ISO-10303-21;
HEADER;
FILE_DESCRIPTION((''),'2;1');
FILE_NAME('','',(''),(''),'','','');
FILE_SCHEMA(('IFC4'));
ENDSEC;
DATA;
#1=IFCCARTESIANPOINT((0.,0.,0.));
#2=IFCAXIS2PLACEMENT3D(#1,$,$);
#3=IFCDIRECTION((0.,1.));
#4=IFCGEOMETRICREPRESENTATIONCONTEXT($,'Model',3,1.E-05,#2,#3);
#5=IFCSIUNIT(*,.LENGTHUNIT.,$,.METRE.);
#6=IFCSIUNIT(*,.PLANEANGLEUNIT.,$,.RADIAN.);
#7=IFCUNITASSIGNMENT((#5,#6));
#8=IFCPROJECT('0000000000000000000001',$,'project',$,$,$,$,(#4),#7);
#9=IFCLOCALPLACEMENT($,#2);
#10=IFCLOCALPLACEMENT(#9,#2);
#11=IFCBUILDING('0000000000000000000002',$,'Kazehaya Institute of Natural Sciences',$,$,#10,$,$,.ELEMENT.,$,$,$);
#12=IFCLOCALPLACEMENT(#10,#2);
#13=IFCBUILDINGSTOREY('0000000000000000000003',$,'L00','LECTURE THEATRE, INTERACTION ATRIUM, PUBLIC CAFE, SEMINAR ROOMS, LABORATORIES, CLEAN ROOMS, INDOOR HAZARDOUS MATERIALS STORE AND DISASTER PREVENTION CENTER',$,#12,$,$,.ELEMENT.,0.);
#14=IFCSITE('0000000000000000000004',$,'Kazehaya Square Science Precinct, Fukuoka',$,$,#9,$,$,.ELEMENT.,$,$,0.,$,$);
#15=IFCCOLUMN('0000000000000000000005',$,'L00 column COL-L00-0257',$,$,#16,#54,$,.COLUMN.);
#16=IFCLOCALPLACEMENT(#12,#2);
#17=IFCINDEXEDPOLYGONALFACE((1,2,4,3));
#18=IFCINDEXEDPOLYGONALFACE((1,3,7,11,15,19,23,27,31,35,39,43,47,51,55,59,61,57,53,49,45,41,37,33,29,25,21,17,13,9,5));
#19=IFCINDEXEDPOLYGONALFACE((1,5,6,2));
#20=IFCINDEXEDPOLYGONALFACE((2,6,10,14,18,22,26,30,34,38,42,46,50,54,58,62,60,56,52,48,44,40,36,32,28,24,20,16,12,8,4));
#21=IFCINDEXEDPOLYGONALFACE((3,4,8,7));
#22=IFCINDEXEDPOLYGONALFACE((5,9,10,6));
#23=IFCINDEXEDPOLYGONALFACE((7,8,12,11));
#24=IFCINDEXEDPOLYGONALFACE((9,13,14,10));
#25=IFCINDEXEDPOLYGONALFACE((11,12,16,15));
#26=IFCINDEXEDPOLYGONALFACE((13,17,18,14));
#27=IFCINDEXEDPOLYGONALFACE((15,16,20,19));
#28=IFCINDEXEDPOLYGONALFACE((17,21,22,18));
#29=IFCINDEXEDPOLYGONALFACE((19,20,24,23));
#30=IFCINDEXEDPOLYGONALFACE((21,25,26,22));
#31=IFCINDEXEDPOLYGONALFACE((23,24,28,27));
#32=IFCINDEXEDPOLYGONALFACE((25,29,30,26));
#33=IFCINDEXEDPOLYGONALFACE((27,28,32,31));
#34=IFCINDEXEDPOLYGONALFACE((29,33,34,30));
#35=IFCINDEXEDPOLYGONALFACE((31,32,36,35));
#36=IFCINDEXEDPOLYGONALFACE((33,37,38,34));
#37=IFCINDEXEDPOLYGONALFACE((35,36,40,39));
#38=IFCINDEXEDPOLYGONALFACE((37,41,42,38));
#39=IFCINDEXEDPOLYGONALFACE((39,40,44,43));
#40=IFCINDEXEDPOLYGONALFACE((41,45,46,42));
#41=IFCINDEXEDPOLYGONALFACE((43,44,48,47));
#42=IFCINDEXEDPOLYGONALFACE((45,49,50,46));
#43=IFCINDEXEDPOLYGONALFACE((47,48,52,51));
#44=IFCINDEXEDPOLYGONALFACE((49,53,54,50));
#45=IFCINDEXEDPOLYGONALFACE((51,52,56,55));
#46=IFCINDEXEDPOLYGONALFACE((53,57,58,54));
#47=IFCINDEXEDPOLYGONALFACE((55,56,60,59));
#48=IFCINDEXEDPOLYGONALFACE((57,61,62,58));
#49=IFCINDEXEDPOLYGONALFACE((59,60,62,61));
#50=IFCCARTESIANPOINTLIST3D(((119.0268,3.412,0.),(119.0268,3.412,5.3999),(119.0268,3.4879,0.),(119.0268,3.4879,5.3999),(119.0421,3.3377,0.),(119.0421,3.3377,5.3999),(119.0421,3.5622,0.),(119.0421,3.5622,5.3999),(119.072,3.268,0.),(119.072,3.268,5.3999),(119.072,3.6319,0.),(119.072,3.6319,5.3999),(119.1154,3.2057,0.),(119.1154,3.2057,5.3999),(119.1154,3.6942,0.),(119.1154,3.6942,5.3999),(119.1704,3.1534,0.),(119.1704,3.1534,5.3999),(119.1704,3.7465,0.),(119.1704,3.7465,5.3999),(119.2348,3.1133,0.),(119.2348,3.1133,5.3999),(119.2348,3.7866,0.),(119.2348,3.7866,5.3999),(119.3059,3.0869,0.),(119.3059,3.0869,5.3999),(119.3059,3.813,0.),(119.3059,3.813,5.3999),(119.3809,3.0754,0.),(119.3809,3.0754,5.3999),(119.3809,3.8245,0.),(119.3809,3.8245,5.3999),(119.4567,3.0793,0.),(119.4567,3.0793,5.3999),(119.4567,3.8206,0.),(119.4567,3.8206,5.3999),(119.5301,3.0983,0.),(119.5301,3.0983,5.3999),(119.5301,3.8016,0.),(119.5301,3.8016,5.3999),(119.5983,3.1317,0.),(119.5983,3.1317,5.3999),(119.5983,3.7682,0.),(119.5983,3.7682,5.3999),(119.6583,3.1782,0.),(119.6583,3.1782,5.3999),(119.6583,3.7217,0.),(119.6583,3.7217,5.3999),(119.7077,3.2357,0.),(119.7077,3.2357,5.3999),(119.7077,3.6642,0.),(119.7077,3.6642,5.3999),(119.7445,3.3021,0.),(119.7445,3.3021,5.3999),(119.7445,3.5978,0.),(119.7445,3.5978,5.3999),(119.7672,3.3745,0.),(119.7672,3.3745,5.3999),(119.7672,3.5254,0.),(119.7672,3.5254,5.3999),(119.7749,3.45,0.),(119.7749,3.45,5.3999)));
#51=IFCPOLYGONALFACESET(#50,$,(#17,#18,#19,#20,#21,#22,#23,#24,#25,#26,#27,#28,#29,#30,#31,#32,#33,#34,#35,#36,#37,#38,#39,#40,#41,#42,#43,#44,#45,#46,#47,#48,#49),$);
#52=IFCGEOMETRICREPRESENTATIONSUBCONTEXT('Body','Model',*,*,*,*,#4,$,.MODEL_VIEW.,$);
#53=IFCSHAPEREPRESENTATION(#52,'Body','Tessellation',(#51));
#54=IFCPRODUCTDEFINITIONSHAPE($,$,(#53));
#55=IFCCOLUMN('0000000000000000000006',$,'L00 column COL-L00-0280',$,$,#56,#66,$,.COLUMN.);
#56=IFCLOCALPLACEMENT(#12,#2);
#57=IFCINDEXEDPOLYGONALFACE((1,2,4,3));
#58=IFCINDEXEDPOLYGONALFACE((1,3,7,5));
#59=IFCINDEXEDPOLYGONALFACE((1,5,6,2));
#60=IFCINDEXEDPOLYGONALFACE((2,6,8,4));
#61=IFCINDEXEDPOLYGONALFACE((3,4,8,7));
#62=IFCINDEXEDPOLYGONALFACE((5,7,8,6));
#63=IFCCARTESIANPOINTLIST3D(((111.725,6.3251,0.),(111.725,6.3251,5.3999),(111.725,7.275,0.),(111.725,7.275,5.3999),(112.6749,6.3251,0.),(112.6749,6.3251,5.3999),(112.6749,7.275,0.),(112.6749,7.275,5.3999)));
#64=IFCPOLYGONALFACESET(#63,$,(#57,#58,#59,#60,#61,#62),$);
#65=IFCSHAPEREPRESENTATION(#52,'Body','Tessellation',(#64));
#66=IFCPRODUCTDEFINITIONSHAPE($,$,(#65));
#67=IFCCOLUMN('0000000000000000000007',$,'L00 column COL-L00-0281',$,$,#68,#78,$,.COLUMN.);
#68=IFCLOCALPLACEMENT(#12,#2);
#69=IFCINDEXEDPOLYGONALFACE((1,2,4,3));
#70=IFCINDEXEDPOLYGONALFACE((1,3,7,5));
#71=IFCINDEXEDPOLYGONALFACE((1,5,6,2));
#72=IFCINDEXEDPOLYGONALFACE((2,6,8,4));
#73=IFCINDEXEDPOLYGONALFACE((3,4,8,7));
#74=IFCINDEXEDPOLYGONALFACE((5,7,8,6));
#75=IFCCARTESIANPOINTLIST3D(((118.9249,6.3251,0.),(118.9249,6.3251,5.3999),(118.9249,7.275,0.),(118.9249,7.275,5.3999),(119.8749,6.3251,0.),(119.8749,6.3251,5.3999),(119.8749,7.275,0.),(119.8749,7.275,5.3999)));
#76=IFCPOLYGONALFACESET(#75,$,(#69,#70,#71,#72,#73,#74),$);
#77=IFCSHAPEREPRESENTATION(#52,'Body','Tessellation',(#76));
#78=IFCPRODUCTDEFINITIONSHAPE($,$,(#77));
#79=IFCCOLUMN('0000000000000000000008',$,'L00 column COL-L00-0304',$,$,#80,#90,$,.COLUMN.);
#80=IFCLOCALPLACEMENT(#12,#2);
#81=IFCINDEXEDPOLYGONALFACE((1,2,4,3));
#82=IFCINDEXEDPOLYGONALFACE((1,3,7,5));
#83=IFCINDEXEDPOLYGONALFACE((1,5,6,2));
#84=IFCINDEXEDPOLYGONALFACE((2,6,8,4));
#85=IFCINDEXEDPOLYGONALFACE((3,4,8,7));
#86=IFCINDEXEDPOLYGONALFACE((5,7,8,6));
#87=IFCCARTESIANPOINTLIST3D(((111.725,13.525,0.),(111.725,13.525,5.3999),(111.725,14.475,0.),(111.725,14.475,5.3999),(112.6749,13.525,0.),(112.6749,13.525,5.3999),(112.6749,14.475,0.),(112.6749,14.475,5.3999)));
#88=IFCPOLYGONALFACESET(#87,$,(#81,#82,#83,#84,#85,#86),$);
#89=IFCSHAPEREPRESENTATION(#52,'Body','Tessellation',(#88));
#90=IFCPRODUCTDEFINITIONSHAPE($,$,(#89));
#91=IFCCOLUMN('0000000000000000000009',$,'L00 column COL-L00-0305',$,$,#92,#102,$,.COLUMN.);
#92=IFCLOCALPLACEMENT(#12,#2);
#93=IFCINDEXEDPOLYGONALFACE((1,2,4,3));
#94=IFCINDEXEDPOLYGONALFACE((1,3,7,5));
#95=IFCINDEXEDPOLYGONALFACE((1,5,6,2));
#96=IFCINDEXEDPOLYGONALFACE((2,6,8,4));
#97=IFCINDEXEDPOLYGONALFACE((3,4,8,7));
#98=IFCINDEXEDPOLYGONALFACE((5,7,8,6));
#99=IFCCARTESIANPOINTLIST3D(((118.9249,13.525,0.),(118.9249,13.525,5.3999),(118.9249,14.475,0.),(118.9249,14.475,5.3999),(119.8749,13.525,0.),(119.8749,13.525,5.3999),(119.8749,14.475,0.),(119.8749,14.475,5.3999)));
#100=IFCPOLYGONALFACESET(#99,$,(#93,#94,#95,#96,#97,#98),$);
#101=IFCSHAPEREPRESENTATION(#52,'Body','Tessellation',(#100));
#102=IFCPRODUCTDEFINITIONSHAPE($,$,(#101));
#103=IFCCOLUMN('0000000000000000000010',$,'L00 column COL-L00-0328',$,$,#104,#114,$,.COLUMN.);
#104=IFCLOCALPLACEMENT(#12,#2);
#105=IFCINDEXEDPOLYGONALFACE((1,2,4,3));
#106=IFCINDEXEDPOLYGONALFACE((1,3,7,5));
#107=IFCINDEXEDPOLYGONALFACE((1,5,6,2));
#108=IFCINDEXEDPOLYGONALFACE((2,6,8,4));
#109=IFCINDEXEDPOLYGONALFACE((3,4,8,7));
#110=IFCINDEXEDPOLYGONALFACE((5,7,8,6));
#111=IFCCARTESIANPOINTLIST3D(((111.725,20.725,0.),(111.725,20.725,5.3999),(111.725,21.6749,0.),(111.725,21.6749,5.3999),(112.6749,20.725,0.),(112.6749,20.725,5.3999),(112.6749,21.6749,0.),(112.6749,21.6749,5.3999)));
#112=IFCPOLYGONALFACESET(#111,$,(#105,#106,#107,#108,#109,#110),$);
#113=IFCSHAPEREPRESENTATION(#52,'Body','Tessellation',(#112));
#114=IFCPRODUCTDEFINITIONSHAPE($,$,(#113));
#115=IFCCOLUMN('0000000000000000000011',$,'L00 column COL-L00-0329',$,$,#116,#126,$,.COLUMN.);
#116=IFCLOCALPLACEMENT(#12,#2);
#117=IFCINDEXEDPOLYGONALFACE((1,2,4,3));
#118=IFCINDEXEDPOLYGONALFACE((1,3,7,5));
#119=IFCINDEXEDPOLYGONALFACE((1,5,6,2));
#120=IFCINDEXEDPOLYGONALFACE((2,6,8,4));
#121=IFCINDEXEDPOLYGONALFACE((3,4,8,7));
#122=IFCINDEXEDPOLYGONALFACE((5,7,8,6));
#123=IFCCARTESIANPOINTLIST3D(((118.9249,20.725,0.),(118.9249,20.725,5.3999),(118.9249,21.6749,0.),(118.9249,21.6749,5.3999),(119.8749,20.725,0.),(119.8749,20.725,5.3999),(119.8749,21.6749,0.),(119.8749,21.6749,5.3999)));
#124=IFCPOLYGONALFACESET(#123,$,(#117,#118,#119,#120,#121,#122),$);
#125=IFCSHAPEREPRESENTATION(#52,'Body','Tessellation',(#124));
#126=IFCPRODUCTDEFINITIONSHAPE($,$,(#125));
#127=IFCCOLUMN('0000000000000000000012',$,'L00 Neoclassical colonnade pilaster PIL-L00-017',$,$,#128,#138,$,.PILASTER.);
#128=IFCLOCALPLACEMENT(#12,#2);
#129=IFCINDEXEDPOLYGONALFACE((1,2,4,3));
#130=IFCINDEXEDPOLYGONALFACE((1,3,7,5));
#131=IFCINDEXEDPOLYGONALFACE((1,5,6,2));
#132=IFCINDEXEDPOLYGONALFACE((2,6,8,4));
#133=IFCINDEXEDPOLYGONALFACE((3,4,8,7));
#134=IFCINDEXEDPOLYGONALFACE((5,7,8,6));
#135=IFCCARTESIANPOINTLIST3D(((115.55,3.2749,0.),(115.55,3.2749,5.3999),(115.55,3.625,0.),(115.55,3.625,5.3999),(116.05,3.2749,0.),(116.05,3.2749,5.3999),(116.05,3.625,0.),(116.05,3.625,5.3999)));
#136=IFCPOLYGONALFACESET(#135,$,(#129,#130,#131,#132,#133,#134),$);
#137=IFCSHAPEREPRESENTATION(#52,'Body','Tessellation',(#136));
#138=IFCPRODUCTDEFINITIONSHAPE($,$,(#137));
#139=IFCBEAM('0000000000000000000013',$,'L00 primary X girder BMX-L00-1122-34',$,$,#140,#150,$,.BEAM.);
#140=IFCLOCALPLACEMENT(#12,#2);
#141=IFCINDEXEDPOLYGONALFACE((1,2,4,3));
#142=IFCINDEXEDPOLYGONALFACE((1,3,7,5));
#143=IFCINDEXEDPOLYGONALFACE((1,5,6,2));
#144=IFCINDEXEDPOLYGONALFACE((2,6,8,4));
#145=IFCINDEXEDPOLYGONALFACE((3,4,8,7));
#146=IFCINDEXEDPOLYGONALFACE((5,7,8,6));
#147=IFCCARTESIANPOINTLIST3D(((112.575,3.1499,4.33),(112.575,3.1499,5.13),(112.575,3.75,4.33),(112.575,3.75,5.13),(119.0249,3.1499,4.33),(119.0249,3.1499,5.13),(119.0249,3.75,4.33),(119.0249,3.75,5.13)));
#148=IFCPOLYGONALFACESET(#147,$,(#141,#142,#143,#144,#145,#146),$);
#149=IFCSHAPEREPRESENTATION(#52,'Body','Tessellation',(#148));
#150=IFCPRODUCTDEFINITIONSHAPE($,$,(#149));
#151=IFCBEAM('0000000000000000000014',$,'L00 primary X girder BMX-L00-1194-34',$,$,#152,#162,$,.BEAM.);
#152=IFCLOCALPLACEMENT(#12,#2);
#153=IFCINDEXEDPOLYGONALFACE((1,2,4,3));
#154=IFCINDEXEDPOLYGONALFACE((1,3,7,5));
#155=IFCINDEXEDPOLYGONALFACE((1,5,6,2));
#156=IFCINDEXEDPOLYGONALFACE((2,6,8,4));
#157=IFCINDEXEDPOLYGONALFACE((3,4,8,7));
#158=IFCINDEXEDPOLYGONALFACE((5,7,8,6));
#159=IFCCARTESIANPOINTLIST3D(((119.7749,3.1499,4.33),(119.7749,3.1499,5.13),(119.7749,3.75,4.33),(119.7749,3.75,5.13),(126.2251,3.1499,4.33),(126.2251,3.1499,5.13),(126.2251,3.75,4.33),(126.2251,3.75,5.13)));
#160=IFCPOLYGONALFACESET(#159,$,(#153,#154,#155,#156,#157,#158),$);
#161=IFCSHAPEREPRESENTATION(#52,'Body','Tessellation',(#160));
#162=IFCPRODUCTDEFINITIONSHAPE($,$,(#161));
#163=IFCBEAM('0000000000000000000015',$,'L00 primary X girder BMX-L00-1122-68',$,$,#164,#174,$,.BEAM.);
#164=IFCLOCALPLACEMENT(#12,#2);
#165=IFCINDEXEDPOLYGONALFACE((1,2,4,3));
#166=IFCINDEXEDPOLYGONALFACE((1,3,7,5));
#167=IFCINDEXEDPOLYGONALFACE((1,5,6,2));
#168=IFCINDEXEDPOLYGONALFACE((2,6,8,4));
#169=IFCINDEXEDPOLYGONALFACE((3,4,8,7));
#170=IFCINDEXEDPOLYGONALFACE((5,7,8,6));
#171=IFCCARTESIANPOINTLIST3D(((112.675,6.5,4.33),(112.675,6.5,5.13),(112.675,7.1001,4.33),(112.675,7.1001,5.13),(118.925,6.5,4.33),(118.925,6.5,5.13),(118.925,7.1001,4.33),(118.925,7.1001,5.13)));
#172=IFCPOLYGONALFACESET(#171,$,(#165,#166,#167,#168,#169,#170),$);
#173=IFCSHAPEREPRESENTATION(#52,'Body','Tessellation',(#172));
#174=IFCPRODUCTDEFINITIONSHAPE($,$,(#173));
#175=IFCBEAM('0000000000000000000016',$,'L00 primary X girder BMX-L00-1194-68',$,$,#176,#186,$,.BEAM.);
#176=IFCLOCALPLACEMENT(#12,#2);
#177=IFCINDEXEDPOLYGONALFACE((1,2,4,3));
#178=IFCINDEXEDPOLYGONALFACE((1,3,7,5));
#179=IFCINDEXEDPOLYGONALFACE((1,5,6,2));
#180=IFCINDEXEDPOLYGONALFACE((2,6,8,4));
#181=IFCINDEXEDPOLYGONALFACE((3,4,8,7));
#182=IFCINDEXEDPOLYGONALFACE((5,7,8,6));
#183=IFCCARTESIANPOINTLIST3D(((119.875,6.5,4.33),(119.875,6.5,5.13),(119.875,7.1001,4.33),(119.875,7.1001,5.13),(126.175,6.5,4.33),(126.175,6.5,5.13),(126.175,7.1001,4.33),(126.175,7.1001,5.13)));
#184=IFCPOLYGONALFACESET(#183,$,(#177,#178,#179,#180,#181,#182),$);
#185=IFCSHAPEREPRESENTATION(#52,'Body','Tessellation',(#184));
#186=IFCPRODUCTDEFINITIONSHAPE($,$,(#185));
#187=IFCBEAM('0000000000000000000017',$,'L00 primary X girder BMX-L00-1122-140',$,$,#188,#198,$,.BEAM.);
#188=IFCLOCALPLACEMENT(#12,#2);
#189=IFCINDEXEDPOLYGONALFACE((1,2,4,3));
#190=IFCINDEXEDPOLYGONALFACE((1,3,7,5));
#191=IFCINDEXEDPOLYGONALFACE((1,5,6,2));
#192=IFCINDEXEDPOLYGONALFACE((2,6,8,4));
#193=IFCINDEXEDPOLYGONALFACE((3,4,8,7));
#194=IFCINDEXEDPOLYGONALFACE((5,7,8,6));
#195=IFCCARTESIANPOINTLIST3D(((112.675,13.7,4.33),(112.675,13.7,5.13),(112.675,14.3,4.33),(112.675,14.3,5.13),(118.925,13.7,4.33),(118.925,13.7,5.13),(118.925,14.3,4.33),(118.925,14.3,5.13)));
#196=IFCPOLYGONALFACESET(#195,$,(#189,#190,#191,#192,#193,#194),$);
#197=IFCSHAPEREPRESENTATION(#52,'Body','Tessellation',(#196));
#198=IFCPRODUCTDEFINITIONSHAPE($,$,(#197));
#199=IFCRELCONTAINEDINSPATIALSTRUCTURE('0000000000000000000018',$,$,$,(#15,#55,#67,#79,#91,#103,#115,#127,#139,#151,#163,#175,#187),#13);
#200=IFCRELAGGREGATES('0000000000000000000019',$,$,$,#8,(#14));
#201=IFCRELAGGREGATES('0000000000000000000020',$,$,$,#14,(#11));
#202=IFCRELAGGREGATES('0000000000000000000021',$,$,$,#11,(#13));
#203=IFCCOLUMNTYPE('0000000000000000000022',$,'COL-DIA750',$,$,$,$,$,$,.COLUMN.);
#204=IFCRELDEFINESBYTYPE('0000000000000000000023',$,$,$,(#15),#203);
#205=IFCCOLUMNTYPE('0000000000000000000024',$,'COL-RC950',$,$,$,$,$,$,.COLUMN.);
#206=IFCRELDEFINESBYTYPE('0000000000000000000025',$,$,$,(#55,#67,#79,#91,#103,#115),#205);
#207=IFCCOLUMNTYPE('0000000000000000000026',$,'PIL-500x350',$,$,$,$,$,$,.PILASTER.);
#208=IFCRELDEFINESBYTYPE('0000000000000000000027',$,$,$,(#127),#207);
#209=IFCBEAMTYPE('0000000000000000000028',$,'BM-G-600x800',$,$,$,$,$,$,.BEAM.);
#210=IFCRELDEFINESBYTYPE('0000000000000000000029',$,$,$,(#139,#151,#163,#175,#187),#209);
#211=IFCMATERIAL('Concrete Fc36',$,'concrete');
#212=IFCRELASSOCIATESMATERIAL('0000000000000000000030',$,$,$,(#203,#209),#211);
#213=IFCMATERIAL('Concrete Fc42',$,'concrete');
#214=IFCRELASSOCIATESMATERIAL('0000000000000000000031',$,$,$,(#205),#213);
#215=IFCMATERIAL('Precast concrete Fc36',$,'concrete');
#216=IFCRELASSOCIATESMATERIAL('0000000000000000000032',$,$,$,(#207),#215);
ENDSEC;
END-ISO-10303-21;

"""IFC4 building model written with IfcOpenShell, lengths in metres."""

from ifc_helpers import new_model, si_unit, direction, frame, origin, origin_2d, place, context, subcontext, project, spatial, rectangle, circle, extrude, material, material_profile, profile_set, type_object, element, save


model = new_model("IFC4")

# Units and contexts
model_context = context("Model", 3, precision=1e-05, world=origin(), true_north=direction((0.0, 1.0)))
body_context = subcontext(model_context, "Body", "Model", "MODEL_VIEW")
ifc_project = project(units=[si_unit("LENGTHUNIT", "METRE"), si_unit("PLANEANGLEUNIT", "RADIAN")], contexts=[model_context])

# Site, building, storey
site_placement = place(None, origin())
site = spatial("IfcSite", under=ifc_project, at=site_placement, Name="Kazehaya Square Science Precinct, Fukuoka", CompositionType="ELEMENT", RefElevation=0.0)
building_placement = place(site_placement, origin())
building = spatial("IfcBuilding", under=site, at=building_placement, Name="Kazehaya Institute of Natural Sciences", CompositionType="ELEMENT")
storey_placement = place(building_placement, origin())
storey = spatial("IfcBuildingStorey", under=building, at=storey_placement, Name="L00", Description="LECTURE THEATRE, INTERACTION ATRIUM, PUBLIC CAFE, SEMINAR ROOMS, LABORATORIES, CLEAN ROOMS, INDOOR HAZARDOUS MATERIALS STORE AND DISASTER PREVENTION CENTER", CompositionType="ELEMENT", Elevation=0.0)

# Columns
ifc_material_1 = material(Name="Concrete Fc36", Category="concrete")
ifc_material_profile_1 = material_profile(ifc_material_1, circle(Radius=0.375, at=origin_2d()), Name="RC-DIA750")
ifc_profile_set_1 = profile_set([ifc_material_profile_1], Name="Concrete Fc36")
column_type_1 = type_object("IfcColumnType", Name="COL-DIA750", PredefinedType="COLUMN", material=ifc_profile_set_1)
column_1_placement = place(storey_placement, frame((119.3999, 3.45, 0.0), z_axis=(0.0, 0.0, 1.0), x_axis=(1.0, 0.0, 0.0)))
element("IfcColumn", 1, at=column_1_placement, inside=storey, type_object=column_type_1, Name="L00 column COL-L00-0257", PredefinedType="COLUMN", context=body_context, shape_type="SweptSolid", body=[
    extrude(circle(Radius=0.375, at=origin_2d()), origin(), (0.0, 0.0, 1.0), 5.3999),
])
ifc_material_2 = material(Name="Concrete Fc42", Category="concrete")
ifc_material_profile_2 = material_profile(ifc_material_2, rectangle(XDim=0.95, YDim=0.95, at=origin_2d()), Name="RC-950x950")
ifc_profile_set_2 = profile_set([ifc_material_profile_2], Name="Concrete Fc42")
column_type_2 = type_object("IfcColumnType", Name="COL-RC950", PredefinedType="COLUMN", material=ifc_profile_set_2)
for number, where, z_axis, x_axis, name in (
    (2, (112.2, 6.8, 0.0), (0.0, 0.0, 1.0), (1.0, 0.0, 0.0), "L00 column COL-L00-0280"),
    (3, (119.3999, 6.8, 0.0), (0.0, 0.0, 1.0), (1.0, 0.0, 0.0), "L00 column COL-L00-0281"),
    (4, (112.2, 14.0, 0.0), (0.0, 0.0, 1.0), (1.0, 0.0, 0.0), "L00 column COL-L00-0304"),
    (5, (119.3999, 14.0, 0.0), (0.0, 0.0, 1.0), (1.0, 0.0, 0.0), "L00 column COL-L00-0305"),
    (6, (112.2, 21.2, 0.0), (0.0, 0.0, 1.0), (1.0, 0.0, 0.0), "L00 column COL-L00-0328"),
    (7, (119.3999, 21.2, 0.0), (0.0, 0.0, 1.0), (1.0, 0.0, 0.0), "L00 column COL-L00-0329"),
):
    element("IfcColumn", number, at=place(storey_placement, frame(where, z_axis=z_axis, x_axis=x_axis)), inside=storey, type_object=column_type_2, Name=name, PredefinedType="COLUMN", context=body_context, shape_type="SweptSolid", body=[
        extrude(rectangle(XDim=0.95, YDim=0.95, at=origin_2d()), origin(), (0.0, 0.0, 1.0), 5.3999),
    ])
ifc_material_3 = material(Name="Precast concrete Fc36", Category="concrete")
ifc_material_profile_3 = material_profile(ifc_material_3, rectangle(XDim=0.5, YDim=0.3501, at=origin_2d()), Name="RC-PIL-500x350")
ifc_profile_set_3 = profile_set([ifc_material_profile_3], Name="Precast concrete Fc36")
column_type_3 = type_object("IfcColumnType", Name="PIL-500x350", PredefinedType="PILASTER", material=ifc_profile_set_3)
column_2_placement = place(storey_placement, frame((115.8, 3.45, 0.0), z_axis=(0.0, 0.0, 1.0), x_axis=(1.0, 0.0, 0.0)))
element("IfcColumn", 8, at=column_2_placement, inside=storey, type_object=column_type_3, Name="L00 Neoclassical colonnade pilaster PIL-L00-017", PredefinedType="PILASTER", context=body_context, shape_type="SweptSolid", body=[
    extrude(rectangle(XDim=0.5, YDim=0.3501, at=origin_2d()), origin(), (0.0, 0.0, 1.0), 5.3999),
])

# Beams
ifc_material_profile_4 = material_profile(ifc_material_1, rectangle(XDim=0.6001, YDim=0.8, at=origin_2d()), Name="RC-600x800")
ifc_profile_set_4 = profile_set([ifc_material_profile_4], Name="Concrete Fc36")
beam_type_1 = type_object("IfcBeamType", Name="BM-G-600x800", PredefinedType="BEAM", material=ifc_profile_set_4)
beam_1_placement = place(storey_placement, frame((112.575, 3.45, 4.73), z_axis=(1.0, 0.0, 0.0), x_axis=(0.0, 1.0, 0.0)))
element("IfcBeam", 9, at=beam_1_placement, inside=storey, type_object=beam_type_1, Name="L00 primary X girder BMX-L00-1122-34", PredefinedType="BEAM", context=body_context, shape_type="SweptSolid", body=[
    extrude(rectangle(XDim=0.6001, YDim=0.8, at=origin_2d()), origin(), (0.0, 0.0, 1.0), 6.45),
])
beam_2_placement = place(storey_placement, frame((119.7749, 3.45, 4.73), z_axis=(1.0, 0.0, 0.0), x_axis=(0.0, 1.0, 0.0)))
element("IfcBeam", 10, at=beam_2_placement, inside=storey, type_object=beam_type_1, Name="L00 primary X girder BMX-L00-1194-34", PredefinedType="BEAM", context=body_context, shape_type="SweptSolid", body=[
    extrude(rectangle(XDim=0.6001, YDim=0.8, at=origin_2d()), origin(), (0.0, 0.0, 1.0), 6.4502),
])
beam_3_placement = place(storey_placement, frame((112.675, 6.8, 4.73), z_axis=(1.0, 0.0, 0.0), x_axis=(0.0, 1.0, 0.0)))
element("IfcBeam", 11, at=beam_3_placement, inside=storey, type_object=beam_type_1, Name="L00 primary X girder BMX-L00-1122-68", PredefinedType="BEAM", context=body_context, shape_type="SweptSolid", body=[
    extrude(rectangle(XDim=0.6001, YDim=0.8, at=origin_2d()), origin(), (0.0, 0.0, 1.0), 6.25),
])
beam_4_placement = place(storey_placement, frame((119.875, 6.8, 4.73), z_axis=(1.0, 0.0, 0.0), x_axis=(0.0, 1.0, 0.0)))
element("IfcBeam", 12, at=beam_4_placement, inside=storey, type_object=beam_type_1, Name="L00 primary X girder BMX-L00-1194-68", PredefinedType="BEAM", context=body_context, shape_type="SweptSolid", body=[
    extrude(rectangle(XDim=0.6001, YDim=0.8, at=origin_2d()), origin(), (0.0, 0.0, 1.0), 6.3),
])
beam_5_placement = place(storey_placement, frame((112.675, 14.0, 4.73), z_axis=(1.0, 0.0, 0.0), x_axis=(0.0, 1.0, 0.0)))
element("IfcBeam", 13, at=beam_5_placement, inside=storey, type_object=beam_type_1, Name="L00 primary X girder BMX-L00-1122-140", PredefinedType="BEAM", context=body_context, shape_type="SweptSolid", body=[
    extrude(rectangle(XDim=0.6001, YDim=0.8, at=origin_2d()), origin(), (0.0, 0.0, 1.0), 6.25),
])

save(model, "model.ifc")
